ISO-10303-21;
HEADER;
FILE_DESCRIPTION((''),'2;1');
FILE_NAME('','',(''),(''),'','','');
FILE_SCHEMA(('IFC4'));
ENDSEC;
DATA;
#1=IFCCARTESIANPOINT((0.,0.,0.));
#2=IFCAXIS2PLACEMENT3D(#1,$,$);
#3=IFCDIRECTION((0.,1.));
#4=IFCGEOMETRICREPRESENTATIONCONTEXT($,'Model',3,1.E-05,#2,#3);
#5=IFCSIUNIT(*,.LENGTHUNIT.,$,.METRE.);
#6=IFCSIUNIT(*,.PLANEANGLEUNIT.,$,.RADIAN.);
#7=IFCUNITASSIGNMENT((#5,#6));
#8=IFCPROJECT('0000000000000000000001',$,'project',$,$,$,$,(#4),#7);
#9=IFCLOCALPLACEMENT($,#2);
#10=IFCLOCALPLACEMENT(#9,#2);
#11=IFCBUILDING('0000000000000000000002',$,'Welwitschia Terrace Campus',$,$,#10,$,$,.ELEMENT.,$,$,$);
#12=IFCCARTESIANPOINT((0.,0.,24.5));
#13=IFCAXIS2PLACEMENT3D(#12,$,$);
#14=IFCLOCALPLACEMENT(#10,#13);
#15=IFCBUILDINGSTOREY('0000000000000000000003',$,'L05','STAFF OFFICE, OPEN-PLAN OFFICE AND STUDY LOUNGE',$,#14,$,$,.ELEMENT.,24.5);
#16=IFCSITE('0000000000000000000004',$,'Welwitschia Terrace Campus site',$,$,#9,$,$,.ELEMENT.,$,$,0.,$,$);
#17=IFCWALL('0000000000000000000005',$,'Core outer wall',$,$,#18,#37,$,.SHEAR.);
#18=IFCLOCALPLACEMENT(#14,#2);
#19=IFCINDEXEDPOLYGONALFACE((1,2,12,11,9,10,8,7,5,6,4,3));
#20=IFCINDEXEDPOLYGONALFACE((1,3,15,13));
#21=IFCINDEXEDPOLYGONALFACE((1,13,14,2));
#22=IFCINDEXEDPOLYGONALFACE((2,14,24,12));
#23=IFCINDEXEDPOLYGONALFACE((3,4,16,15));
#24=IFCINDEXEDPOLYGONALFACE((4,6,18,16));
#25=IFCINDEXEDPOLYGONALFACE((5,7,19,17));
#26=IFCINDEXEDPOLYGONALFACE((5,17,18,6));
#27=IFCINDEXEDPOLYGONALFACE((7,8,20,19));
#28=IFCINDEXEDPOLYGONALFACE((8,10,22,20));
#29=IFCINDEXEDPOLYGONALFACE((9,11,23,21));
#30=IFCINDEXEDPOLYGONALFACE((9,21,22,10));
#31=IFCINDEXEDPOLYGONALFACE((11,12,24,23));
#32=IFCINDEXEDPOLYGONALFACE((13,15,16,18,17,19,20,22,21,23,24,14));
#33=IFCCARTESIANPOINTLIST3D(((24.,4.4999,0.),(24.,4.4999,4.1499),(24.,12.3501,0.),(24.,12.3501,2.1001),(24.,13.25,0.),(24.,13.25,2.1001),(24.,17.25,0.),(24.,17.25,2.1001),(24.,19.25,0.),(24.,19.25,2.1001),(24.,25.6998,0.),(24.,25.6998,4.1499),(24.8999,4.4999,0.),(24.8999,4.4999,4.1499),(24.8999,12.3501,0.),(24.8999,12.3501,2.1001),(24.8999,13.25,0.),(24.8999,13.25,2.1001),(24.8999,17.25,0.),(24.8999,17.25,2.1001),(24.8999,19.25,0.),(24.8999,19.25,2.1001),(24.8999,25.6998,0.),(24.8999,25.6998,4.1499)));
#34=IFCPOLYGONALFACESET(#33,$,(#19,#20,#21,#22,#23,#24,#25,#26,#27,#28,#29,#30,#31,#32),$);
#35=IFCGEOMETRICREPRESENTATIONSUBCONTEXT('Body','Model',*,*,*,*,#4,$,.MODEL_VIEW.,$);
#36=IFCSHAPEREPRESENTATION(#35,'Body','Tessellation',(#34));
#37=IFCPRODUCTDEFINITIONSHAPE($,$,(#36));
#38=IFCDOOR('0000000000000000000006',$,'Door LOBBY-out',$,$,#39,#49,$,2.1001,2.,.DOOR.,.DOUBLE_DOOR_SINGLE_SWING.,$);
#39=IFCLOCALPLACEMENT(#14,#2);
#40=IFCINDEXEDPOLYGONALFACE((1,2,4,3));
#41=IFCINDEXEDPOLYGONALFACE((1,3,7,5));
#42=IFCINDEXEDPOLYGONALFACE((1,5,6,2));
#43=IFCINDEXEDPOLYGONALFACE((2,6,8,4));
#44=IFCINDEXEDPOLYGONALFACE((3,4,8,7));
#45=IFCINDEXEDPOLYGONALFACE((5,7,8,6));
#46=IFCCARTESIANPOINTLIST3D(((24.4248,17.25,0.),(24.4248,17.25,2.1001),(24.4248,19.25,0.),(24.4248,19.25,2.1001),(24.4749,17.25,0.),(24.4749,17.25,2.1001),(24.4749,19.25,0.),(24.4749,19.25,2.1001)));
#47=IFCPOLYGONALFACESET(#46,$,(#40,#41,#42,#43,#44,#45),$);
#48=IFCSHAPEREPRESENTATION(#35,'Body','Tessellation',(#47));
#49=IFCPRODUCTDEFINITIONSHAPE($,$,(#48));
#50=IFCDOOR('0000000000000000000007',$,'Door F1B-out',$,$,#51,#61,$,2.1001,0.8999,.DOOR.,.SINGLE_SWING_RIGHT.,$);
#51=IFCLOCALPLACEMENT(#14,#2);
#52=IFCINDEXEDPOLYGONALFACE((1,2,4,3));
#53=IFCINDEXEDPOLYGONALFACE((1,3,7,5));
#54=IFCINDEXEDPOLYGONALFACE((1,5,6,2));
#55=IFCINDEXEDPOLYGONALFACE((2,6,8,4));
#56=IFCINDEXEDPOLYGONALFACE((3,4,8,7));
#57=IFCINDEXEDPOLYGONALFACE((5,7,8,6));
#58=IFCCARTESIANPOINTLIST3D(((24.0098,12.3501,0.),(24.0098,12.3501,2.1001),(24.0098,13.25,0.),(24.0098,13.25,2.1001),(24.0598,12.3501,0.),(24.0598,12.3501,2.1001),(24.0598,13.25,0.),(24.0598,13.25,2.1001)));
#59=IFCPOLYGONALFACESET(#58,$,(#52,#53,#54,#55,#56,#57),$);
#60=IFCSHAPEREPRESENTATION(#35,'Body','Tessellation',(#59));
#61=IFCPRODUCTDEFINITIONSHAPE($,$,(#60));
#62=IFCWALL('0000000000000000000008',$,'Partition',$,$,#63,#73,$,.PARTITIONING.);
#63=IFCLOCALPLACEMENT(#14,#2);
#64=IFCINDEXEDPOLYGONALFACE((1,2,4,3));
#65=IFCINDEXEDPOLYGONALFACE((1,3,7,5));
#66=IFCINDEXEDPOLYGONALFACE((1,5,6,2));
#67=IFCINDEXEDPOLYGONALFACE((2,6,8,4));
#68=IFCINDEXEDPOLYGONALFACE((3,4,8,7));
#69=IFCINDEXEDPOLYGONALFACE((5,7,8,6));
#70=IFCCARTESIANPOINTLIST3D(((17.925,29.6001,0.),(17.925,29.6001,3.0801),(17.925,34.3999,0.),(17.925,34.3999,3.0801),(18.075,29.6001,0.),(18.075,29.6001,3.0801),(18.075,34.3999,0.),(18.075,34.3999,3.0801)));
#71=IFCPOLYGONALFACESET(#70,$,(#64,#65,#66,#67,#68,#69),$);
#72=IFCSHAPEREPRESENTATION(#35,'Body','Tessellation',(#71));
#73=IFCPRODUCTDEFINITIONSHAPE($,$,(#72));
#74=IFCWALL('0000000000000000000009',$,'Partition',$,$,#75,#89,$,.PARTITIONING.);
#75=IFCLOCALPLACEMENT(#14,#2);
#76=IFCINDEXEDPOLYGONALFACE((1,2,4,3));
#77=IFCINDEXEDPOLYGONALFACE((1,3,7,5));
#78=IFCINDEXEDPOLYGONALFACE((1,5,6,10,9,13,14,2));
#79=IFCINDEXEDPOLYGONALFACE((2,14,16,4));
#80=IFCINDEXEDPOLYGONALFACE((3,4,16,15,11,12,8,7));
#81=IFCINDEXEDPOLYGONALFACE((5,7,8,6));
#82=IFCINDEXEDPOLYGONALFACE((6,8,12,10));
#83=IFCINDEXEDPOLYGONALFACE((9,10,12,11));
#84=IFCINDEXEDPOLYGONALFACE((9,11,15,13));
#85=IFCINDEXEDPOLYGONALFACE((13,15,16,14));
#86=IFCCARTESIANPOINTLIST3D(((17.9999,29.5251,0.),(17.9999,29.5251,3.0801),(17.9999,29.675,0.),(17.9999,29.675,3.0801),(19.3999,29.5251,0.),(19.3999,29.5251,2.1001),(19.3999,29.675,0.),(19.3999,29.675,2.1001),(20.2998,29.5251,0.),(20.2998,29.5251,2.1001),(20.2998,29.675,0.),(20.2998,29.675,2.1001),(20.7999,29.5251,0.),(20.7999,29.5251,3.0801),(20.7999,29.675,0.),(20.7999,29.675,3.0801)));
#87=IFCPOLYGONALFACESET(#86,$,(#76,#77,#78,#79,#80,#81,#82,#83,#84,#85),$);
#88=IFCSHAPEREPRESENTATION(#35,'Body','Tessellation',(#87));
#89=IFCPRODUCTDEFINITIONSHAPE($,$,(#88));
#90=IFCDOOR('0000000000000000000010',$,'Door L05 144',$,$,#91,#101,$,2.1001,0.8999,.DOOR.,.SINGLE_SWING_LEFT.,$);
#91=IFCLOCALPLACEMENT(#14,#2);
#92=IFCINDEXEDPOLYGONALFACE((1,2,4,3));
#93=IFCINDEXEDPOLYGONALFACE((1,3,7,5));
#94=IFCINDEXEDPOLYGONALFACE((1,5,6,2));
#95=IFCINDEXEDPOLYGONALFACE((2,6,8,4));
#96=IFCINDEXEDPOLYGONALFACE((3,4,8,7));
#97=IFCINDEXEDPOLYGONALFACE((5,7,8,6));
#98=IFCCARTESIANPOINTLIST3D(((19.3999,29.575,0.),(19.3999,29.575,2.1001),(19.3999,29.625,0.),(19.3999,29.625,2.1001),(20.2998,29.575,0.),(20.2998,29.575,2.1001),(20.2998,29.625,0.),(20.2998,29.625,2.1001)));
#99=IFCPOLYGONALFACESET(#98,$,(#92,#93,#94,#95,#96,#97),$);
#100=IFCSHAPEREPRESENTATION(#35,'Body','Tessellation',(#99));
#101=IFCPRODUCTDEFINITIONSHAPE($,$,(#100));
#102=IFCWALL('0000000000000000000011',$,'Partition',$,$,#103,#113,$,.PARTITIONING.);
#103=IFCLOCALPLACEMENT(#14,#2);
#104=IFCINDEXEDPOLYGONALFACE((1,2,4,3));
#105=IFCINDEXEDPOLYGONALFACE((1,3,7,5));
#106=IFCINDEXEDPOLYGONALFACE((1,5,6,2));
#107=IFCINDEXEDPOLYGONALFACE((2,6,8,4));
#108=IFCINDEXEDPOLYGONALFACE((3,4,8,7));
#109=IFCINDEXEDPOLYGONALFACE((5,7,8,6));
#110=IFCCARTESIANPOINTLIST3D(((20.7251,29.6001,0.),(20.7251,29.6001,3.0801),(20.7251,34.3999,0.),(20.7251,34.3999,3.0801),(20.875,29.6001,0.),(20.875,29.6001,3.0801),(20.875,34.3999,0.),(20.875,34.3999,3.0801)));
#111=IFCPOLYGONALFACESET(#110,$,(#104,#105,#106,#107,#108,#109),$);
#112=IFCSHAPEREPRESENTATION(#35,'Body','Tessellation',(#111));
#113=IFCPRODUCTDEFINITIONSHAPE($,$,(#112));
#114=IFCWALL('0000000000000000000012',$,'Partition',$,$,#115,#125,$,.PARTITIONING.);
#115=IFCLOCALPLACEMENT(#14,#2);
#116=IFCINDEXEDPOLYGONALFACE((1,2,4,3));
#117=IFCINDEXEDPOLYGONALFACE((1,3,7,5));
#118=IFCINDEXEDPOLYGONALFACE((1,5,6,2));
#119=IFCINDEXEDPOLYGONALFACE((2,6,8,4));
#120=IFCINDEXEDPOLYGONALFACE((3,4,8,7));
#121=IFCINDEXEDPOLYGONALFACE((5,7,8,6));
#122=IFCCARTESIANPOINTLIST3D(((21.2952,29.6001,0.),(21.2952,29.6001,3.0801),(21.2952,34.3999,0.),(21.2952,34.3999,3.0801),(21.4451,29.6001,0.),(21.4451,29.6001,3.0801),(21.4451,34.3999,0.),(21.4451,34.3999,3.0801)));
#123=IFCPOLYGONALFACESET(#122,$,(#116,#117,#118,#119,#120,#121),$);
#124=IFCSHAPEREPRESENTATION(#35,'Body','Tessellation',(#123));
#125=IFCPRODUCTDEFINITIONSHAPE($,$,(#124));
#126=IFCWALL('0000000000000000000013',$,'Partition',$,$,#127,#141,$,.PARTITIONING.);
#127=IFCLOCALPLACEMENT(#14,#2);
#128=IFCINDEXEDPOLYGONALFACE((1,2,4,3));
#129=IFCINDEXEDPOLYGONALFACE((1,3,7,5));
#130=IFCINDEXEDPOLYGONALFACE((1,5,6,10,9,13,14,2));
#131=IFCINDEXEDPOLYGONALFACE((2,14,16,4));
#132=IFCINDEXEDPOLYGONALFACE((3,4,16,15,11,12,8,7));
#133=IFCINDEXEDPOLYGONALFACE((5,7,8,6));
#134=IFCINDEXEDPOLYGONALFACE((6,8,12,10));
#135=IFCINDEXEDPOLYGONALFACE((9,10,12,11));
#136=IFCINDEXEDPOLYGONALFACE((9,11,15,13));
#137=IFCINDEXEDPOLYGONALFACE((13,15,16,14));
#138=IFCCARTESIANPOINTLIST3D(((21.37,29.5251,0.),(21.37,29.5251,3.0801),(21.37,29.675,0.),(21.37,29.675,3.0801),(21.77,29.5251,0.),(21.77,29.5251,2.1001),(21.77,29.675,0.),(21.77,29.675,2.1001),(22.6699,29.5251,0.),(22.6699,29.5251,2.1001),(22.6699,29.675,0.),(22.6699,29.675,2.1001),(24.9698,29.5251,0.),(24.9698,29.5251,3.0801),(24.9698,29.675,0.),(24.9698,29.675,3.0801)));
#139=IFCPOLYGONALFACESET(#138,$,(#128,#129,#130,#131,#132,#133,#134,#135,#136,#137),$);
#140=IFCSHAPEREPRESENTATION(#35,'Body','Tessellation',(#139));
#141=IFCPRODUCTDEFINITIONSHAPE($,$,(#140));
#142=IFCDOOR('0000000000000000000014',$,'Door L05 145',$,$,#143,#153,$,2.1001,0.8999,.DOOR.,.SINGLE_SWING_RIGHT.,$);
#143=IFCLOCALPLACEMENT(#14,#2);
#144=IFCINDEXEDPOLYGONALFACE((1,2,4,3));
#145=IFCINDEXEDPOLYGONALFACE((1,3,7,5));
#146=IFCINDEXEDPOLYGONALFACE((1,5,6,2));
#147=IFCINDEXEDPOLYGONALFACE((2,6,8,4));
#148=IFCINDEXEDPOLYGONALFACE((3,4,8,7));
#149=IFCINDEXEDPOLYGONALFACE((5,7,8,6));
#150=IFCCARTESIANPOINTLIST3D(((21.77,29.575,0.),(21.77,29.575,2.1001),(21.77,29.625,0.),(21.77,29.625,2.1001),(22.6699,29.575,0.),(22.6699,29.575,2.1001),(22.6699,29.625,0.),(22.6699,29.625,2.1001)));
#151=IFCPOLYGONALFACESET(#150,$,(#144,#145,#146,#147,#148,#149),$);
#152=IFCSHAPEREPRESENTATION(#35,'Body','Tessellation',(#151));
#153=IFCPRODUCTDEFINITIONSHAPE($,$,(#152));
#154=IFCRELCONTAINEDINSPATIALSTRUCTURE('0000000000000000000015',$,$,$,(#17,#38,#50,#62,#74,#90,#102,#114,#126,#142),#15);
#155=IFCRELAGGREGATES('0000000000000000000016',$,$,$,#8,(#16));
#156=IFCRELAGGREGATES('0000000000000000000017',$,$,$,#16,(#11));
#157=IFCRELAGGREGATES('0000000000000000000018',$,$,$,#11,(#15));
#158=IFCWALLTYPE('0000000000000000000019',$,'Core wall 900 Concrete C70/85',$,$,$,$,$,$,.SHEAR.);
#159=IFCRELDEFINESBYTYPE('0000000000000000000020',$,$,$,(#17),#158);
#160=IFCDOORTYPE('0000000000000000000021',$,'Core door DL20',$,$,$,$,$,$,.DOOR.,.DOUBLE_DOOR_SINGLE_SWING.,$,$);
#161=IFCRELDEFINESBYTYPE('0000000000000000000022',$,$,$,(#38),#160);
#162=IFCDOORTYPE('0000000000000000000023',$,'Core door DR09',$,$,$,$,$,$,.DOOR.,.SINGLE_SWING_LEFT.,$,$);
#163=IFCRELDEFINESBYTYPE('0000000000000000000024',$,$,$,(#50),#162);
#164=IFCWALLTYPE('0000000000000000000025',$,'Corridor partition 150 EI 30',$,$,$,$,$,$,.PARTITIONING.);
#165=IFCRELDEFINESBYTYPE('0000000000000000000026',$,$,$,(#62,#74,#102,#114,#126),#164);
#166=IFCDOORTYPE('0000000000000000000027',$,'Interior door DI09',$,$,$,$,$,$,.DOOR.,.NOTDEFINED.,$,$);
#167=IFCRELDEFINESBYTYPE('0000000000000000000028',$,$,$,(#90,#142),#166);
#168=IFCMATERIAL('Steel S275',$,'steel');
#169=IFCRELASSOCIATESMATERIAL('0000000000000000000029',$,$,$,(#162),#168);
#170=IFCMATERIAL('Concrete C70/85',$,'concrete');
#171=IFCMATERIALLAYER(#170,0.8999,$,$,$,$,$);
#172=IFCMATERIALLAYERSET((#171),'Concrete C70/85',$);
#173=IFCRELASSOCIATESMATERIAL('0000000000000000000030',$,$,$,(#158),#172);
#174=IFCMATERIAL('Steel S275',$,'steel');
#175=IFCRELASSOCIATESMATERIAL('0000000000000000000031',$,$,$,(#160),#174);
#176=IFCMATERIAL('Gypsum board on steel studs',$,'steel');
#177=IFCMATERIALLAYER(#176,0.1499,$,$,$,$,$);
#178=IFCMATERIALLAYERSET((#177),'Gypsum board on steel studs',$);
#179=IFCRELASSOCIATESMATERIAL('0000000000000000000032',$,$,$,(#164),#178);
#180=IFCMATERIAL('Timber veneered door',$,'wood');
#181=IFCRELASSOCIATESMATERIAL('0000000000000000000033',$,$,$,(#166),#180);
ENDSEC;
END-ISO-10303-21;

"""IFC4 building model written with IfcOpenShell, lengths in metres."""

from ifc_helpers import new_model, si_unit, direction, frame, frame_2d, origin, place, context, subcontext, project, spatial, rectangle, extrude, material, layer, layer_set, type_object, element, fill, save


model = new_model("IFC4")

# Units and contexts
model_context = context("Model", 3, precision=1e-05, world=origin(), true_north=direction((0.0, 1.0)))
body_context = subcontext(model_context, "Body", "Model", "MODEL_VIEW")
ifc_project = project(units=[si_unit("LENGTHUNIT", "METRE"), si_unit("PLANEANGLEUNIT", "RADIAN")], contexts=[model_context])

# Site, building, storey
site_placement = place(None, origin())
site = spatial("IfcSite", under=ifc_project, at=site_placement, Name="Welwitschia Terrace Campus site", CompositionType="ELEMENT", RefElevation=0.0)
building_placement = place(site_placement, origin())
building = spatial("IfcBuilding", under=site, at=building_placement, Name="Welwitschia Terrace Campus", CompositionType="ELEMENT")
storey_placement = place(building_placement, frame((0.0, 0.0, 24.5)))
storey = spatial("IfcBuildingStorey", under=building, at=storey_placement, Name="L05", Description="STAFF OFFICE, OPEN-PLAN OFFICE AND STUDY LOUNGE", CompositionType="ELEMENT", Elevation=24.5)

# Shared definitions
ifc_material_1 = material(Name="Steel S275", Category="steel")
door_type_1 = type_object("IfcDoorType", Name="Core door DR09", OperationType="SINGLE_SWING_LEFT", PredefinedType="DOOR", material=ifc_material_1)

# Wall, openings, doors
ifc_material_2 = material(Name="Concrete C70/85", Category="concrete")
ifc_layer_1 = layer(ifc_material_2, 0.8999)
ifc_layer_set_1 = layer_set([ifc_layer_1], Name="Concrete C70/85")
wall_type_1 = type_object("IfcWallType", Name="Core wall 900 Concrete C70/85", PredefinedType="SHEAR", material=ifc_layer_set_1)
wall_1_placement = place(storey_placement, frame((24.45, 25.7, 0.0), z_axis=(0.0, 0.0, 1.0), x_axis=(0.0, -1.0, 0.0)))
wall_1 = element("IfcWall", 1, at=wall_1_placement, inside=storey, type_object=wall_type_1, Name="Core outer wall", PredefinedType="SHEAR", context=body_context, shape_type="SweptSolid", body=[
    extrude(rectangle(XDim=21.2, YDim=0.8999, at=frame_2d((10.6001, 0.0))), origin(), (0.0, 0.0, 1.0), 4.1499),
])
opening_1_placement = place(wall_1_placement, frame((12.45, 0.0, 0.0)))
opening_1 = element("IfcOpeningElement", 2, at=opening_1_placement, cuts=wall_1, PredefinedType="OPENING", context=body_context, shape_type="SweptSolid", body=[
    extrude(rectangle(XDim=0.8999, YDim=2.1001, at=frame_2d((0.45, 1.05))), frame((0.0, 0.46, 0.0), z_axis=(0.0, -1.0, 0.0), x_axis=(1.0, 0.0, 0.0)), (0.0, 0.0, 1.0), 0.9199),
])
opening_2_placement = place(wall_1_placement, frame((6.45, 0.0, 0.0)))
opening_2 = element("IfcOpeningElement", 3, at=opening_2_placement, cuts=wall_1, PredefinedType="OPENING", context=body_context, shape_type="SweptSolid", body=[
    extrude(rectangle(XDim=2.0, YDim=2.1001, at=frame_2d((1.0, 1.05))), frame((0.0, 0.46, 0.0), z_axis=(0.0, -1.0, 0.0), x_axis=(1.0, 0.0, 0.0)), (0.0, 0.0, 1.0), 0.9199),
])
ifc_material_3 = material(Name="Steel S275", Category="steel")
door_type_2 = type_object("IfcDoorType", Name="Core door DL20", OperationType="DOUBLE_DOOR_SINGLE_SWING", PredefinedType="DOOR", material=ifc_material_3)
door_1_placement = place(opening_2_placement, origin())
door_1 = element("IfcDoor", 4, at=door_1_placement, inside=storey, type_object=door_type_2, Name="Door LOBBY-out", OperationType="DOUBLE_DOOR_SINGLE_SWING", OverallHeight=2.1001, OverallWidth=2.0, PredefinedType="DOOR", context=body_context, shape_type="SweptSolid", body=[
    extrude(rectangle(XDim=2.0, YDim=2.1001, at=frame_2d((1.0, 1.05))), frame((0.0, 0.0249, 0.0), z_axis=(0.0, -1.0, 0.0), x_axis=(1.0, 0.0, 0.0)), (0.0, 0.0, 1.0), 0.05),
])
fill(opening_2, door_1)
door_2_placement = place(opening_1_placement, origin())
door_2 = element("IfcDoor", 5, at=door_2_placement, inside=storey, type_object=door_type_1, Name="Door F1B-out", OperationType="SINGLE_SWING_RIGHT", OverallHeight=2.1001, OverallWidth=0.8999, PredefinedType="DOOR", context=body_context, shape_type="SweptSolid", body=[
    extrude(rectangle(XDim=0.8999, YDim=2.1001, at=frame_2d((0.45, 1.05))), frame((0.0, -0.3901, 0.0), z_axis=(0.0, -1.0, 0.0), x_axis=(1.0, 0.0, 0.0)), (0.0, 0.0, 1.0), 0.05),
])
fill(opening_1, door_2)

# Wall
ifc_material_4 = material(Name="Gypsum board on steel studs", Category="steel")
ifc_layer_2 = layer(ifc_material_4, 0.1499)
ifc_layer_set_2 = layer_set([ifc_layer_2], Name="Gypsum board on steel studs")
wall_type_2 = type_object("IfcWallType", Name="Corridor partition 150 EI 30", PredefinedType="PARTITIONING", material=ifc_layer_set_2)
wall_2_placement = place(storey_placement, frame((18.0, 29.6001, 0.0), z_axis=(0.0, 0.0, 1.0), x_axis=(0.0, 1.0, 0.0)))
element("IfcWall", 6, at=wall_2_placement, inside=storey, type_object=wall_type_2, Name="Partition", PredefinedType="PARTITIONING", context=body_context, shape_type="SweptSolid", body=[
    extrude(rectangle(XDim=4.7998, YDim=0.1499, at=frame_2d((2.3999, 0.0))), origin(), (0.0, 0.0, 1.0), 3.0801),
])

# Wall, opening, door
wall_3_placement = place(storey_placement, frame((18.0, 29.6001, 0.0), z_axis=(0.0, 0.0, 1.0), x_axis=(1.0, 0.0, 0.0)))
wall_3 = element("IfcWall", 7, at=wall_3_placement, inside=storey, type_object=wall_type_2, Name="Partition", PredefinedType="PARTITIONING", context=body_context, shape_type="SweptSolid", body=[
    extrude(rectangle(XDim=2.8, YDim=0.1499, at=frame_2d((1.3999, 0.0))), origin(), (0.0, 0.0, 1.0), 3.0801),
])
opening_3_placement = place(wall_3_placement, frame((1.3999, 0.0, 0.0)))
opening_3 = element("IfcOpeningElement", 8, at=opening_3_placement, cuts=wall_3, PredefinedType="OPENING", context=body_context, shape_type="SweptSolid", body=[
    extrude(rectangle(XDim=0.8999, YDim=2.1001, at=frame_2d((0.45, 1.05))), frame((0.0, 0.085, 0.0), z_axis=(0.0, -1.0, 0.0), x_axis=(1.0, 0.0, 0.0)), (0.0, 0.0, 1.0), 0.1699),
])
ifc_material_5 = material(Name="Timber veneered door", Category="wood")
door_type_3 = type_object("IfcDoorType", Name="Interior door DI09", OperationType="NOTDEFINED", PredefinedType="DOOR", material=ifc_material_5)
door_3_placement = place(opening_3_placement, origin())
door_3 = element("IfcDoor", 9, at=door_3_placement, inside=storey, type_object=door_type_3, Name="Door L05 144", OperationType="SINGLE_SWING_LEFT", OverallHeight=2.1001, OverallWidth=0.8999, PredefinedType="DOOR", context=body_context, shape_type="SweptSolid", body=[
    extrude(rectangle(XDim=0.8999, YDim=2.1001, at=frame_2d((0.45, 1.05))), frame((0.0, 0.0249, 0.0), z_axis=(0.0, -1.0, 0.0), x_axis=(1.0, 0.0, 0.0)), (0.0, 0.0, 1.0), 0.05),
])
fill(opening_3, door_3)

# Walls
for number, where, z_axis, x_axis, name in (
    (10, (20.8, 29.6001, 0.0), (0.0, 0.0, 1.0), (0.0, 1.0, 0.0), "Partition"),
    (11, (21.3701, 29.6001, 0.0), (0.0, 0.0, 1.0), (0.0, 1.0, 0.0), "Partition"),
):
    element("IfcWall", number, at=place(storey_placement, frame(where, z_axis=z_axis, x_axis=x_axis)), inside=storey, type_object=wall_type_2, Name=name, PredefinedType="PARTITIONING", context=body_context, shape_type="SweptSolid", body=[
        extrude(rectangle(XDim=4.7998, YDim=0.1499, at=frame_2d((2.3999, 0.0))), origin(), (0.0, 0.0, 1.0), 3.0801),
    ])

# Wall, opening, door
wall_4_placement = place(storey_placement, frame((21.3701, 29.6001, 0.0), z_axis=(0.0, 0.0, 1.0), x_axis=(1.0, 0.0, 0.0)))
wall_4 = element("IfcWall", 12, at=wall_4_placement, inside=storey, type_object=wall_type_2, Name="Partition", PredefinedType="PARTITIONING", context=body_context, shape_type="SweptSolid", body=[
    extrude(rectangle(XDim=3.5999, YDim=0.1499, at=frame_2d((1.7998, 0.0))), origin(), (0.0, 0.0, 1.0), 3.0801),
])
opening_4_placement = place(wall_4_placement, frame((0.3999, 0.0, 0.0)))
opening_4 = element("IfcOpeningElement", 13, at=opening_4_placement, cuts=wall_4, PredefinedType="OPENING", context=body_context, shape_type="SweptSolid", body=[
    extrude(rectangle(XDim=0.8999, YDim=2.1001, at=frame_2d((0.45, 1.05))), frame((0.0, 0.085, 0.0), z_axis=(0.0, -1.0, 0.0), x_axis=(1.0, 0.0, 0.0)), (0.0, 0.0, 1.0), 0.1699),
])
door_4_placement = place(opening_4_placement, origin())
door_4 = element("IfcDoor", 14, at=door_4_placement, inside=storey, type_object=door_type_3, Name="Door L05 145", OperationType="SINGLE_SWING_RIGHT", OverallHeight=2.1001, OverallWidth=0.8999, PredefinedType="DOOR", context=body_context, shape_type="SweptSolid", body=[
    extrude(rectangle(XDim=0.8999, YDim=2.1001, at=frame_2d((0.45, 1.05))), frame((0.0, 0.0249, 0.0), z_axis=(0.0, -1.0, 0.0), x_axis=(1.0, 0.0, 0.0)), (0.0, 0.0, 1.0), 0.05),
])
fill(opening_4, door_4)

save(model, "model.ifc")
